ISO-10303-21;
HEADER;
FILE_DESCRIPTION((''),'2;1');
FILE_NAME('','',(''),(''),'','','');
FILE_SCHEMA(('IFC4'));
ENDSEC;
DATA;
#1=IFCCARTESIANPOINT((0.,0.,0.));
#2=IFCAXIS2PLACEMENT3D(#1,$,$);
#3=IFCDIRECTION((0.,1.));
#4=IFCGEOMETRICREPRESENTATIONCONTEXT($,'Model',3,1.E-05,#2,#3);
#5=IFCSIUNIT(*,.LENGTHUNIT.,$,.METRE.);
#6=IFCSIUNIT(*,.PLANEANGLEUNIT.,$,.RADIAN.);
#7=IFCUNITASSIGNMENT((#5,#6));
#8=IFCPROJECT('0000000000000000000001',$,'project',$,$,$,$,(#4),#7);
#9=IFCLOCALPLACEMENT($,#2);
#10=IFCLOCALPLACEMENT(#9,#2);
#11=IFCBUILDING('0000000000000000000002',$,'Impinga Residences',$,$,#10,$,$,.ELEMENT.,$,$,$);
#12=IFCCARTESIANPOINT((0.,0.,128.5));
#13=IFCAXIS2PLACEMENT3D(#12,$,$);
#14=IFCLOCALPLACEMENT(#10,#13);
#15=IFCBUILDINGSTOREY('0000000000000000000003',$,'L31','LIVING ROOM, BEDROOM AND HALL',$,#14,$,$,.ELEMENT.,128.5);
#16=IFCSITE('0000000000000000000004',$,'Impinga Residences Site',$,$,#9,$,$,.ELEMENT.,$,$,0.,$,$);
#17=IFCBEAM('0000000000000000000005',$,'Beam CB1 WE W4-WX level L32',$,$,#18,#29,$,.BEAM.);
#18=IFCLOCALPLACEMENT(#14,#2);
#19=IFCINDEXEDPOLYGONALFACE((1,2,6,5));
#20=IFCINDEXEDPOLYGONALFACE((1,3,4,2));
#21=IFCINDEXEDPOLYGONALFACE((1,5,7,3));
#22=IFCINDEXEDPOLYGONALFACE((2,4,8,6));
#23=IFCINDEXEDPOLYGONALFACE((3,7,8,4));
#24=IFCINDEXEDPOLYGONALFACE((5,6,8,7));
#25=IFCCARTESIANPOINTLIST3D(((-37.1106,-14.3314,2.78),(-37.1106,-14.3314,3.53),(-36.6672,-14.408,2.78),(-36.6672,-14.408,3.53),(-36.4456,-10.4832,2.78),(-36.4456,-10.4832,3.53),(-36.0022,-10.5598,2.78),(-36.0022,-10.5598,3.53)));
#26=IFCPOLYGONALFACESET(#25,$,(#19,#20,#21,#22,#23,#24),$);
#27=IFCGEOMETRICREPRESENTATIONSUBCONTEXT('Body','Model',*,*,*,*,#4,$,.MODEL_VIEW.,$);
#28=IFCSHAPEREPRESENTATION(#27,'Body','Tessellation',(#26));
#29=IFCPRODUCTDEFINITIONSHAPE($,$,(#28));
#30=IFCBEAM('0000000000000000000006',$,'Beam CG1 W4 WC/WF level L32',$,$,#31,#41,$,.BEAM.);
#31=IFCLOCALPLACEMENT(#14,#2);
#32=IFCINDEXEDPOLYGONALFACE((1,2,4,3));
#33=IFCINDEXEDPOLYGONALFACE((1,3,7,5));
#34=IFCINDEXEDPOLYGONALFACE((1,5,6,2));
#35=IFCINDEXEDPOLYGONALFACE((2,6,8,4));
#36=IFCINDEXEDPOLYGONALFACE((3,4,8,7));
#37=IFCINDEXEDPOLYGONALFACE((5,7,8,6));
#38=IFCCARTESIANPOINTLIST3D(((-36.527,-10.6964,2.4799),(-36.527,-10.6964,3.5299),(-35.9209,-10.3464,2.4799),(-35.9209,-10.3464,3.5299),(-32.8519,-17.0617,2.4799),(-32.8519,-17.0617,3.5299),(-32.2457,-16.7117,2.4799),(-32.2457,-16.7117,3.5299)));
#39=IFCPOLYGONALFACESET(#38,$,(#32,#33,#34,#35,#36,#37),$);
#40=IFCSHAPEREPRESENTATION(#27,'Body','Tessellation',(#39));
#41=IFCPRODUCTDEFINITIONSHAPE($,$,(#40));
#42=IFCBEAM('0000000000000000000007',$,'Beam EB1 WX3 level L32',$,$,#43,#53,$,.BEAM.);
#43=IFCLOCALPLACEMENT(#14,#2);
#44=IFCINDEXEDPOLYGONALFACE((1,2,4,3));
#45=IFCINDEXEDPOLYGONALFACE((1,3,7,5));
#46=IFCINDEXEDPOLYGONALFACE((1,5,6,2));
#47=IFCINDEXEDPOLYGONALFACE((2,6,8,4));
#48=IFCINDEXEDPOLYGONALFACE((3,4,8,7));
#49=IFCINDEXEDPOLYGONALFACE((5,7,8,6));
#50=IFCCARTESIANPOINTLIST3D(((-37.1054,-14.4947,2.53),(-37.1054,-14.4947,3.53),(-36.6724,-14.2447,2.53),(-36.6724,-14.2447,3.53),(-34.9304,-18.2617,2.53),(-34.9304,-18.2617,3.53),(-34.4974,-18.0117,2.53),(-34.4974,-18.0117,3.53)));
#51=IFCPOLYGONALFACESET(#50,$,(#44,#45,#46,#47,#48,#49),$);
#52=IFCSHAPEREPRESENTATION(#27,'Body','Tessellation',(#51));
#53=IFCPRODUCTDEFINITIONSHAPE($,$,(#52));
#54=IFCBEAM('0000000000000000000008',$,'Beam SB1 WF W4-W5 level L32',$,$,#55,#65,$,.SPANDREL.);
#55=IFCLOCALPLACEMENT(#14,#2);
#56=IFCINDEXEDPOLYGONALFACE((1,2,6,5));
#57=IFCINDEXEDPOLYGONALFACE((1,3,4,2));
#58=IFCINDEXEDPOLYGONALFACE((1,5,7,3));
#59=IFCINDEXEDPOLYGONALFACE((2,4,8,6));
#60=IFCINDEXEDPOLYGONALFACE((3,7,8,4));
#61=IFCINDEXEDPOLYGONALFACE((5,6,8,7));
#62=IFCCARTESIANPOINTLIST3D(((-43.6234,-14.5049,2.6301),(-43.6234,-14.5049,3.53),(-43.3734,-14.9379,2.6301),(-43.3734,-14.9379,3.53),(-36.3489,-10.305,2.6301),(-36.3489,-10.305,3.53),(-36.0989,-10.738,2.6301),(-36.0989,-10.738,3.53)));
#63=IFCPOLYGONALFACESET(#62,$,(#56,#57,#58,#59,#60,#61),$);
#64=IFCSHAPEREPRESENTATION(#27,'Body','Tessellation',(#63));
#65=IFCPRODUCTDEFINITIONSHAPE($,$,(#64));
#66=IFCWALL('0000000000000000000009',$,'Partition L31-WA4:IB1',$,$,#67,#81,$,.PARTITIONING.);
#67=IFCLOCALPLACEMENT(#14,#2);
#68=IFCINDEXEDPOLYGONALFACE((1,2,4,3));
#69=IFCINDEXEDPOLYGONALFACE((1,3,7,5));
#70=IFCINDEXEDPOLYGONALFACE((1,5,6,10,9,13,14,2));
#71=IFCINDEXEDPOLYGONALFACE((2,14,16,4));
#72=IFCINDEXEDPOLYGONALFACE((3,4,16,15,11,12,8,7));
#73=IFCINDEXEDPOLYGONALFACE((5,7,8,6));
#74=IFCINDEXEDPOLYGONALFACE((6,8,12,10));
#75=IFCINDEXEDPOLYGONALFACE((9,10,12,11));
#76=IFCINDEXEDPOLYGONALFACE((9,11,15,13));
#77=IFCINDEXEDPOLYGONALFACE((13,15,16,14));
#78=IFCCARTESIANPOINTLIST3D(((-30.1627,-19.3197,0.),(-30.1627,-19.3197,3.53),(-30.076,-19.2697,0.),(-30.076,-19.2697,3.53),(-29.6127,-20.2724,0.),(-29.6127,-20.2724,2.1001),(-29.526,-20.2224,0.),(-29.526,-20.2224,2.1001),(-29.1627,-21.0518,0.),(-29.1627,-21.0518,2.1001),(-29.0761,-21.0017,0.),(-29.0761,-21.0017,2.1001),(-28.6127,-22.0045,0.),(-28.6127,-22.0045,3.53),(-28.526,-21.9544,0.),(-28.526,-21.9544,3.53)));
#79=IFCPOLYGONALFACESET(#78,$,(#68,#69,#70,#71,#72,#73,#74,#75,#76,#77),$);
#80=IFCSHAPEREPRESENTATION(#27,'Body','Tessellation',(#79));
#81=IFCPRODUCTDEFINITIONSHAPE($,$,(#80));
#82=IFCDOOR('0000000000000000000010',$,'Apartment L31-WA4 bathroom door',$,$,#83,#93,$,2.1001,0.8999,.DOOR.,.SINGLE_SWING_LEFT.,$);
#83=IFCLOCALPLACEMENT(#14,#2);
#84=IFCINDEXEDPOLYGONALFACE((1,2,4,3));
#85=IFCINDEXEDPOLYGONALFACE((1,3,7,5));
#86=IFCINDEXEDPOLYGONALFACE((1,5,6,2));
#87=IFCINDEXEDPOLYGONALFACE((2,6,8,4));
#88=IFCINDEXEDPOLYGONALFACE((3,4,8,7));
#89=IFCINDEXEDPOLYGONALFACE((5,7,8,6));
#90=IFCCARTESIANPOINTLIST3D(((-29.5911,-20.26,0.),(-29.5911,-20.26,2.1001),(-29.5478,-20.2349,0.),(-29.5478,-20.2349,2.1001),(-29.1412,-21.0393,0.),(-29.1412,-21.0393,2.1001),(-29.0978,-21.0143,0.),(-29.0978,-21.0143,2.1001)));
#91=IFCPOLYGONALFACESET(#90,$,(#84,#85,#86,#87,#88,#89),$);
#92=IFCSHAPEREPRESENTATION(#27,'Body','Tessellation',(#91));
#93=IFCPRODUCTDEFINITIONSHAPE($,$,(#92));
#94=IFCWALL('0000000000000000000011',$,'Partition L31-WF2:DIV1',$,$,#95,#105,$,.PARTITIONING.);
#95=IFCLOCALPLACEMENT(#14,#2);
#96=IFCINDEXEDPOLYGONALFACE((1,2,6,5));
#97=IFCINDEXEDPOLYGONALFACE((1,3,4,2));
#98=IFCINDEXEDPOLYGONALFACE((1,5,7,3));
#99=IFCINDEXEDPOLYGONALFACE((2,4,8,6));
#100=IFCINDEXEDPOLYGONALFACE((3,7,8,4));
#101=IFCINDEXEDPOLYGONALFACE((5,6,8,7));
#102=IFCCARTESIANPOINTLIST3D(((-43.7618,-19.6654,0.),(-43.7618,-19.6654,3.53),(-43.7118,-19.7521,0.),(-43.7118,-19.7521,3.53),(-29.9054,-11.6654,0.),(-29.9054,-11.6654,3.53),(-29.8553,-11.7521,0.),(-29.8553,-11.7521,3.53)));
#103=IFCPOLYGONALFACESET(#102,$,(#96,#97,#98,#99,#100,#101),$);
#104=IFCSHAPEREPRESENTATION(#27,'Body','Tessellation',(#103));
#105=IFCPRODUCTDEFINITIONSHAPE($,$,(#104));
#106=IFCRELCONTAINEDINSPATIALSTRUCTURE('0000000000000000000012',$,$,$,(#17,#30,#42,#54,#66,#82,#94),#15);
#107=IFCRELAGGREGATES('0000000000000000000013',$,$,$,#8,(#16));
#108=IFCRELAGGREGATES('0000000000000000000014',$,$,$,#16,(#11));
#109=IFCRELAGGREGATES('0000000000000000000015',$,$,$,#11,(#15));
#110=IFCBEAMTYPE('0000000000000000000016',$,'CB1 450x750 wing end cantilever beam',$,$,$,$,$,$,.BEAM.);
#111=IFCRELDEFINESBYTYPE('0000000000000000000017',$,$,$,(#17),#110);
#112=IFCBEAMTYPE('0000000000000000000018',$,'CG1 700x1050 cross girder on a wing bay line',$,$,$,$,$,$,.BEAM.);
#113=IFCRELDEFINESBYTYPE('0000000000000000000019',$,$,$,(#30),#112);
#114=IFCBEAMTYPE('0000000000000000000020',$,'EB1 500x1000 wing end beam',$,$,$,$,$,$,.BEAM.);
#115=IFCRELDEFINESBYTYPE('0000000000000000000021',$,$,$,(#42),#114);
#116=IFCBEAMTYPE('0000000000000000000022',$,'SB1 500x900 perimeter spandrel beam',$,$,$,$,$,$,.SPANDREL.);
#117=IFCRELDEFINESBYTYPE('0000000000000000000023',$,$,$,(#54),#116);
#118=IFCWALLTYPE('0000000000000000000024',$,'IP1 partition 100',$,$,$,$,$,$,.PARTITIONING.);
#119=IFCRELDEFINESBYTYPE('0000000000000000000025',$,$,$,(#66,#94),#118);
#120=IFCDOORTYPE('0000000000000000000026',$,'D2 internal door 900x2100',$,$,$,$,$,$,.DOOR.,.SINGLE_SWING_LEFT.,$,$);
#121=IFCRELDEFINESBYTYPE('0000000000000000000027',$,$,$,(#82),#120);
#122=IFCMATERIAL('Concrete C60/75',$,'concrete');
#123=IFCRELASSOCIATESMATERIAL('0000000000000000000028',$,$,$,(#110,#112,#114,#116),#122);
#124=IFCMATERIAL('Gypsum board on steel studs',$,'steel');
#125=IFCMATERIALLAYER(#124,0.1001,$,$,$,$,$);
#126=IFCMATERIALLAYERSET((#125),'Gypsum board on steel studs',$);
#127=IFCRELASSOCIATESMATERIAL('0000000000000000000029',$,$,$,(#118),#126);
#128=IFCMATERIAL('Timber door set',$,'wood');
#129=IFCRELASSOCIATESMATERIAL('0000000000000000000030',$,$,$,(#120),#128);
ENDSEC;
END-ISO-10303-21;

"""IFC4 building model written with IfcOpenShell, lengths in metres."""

from ifc_helpers import new_model, si_unit, direction, frame, frame_2d, origin, origin_2d, place, context, subcontext, project, spatial, rectangle, extrude, material, layer, layer_set, material_profile, profile_set, type_object, element, fill, save


model = new_model("IFC4")

# Units and contexts
model_context = context("Model", 3, precision=1e-05, world=origin(), true_north=direction((0.0, 1.0)))
body_context = subcontext(model_context, "Body", "Model", "MODEL_VIEW")
ifc_project = project(units=[si_unit("LENGTHUNIT", "METRE"), si_unit("PLANEANGLEUNIT", "RADIAN")], contexts=[model_context])

# Site, building, storey
site_placement = place(None, origin())
site = spatial("IfcSite", under=ifc_project, at=site_placement, Name="Impinga Residences Site", CompositionType="ELEMENT", RefElevation=0.0)
building_placement = place(site_placement, origin())
building = spatial("IfcBuilding", under=site, at=building_placement, Name="Impinga Residences", CompositionType="ELEMENT")
storey_placement = place(building_placement, frame((0.0, 0.0, 128.5)))
storey = spatial("IfcBuildingStorey", under=building, at=storey_placement, Name="L31", Description="LIVING ROOM, BEDROOM AND HALL", CompositionType="ELEMENT", Elevation=128.5)

# Beams
ifc_material_1 = material(Name="Concrete C60/75", Category="concrete")
ifc_material_profile_1 = material_profile(ifc_material_1, rectangle(XDim=0.45, YDim=0.75, at=origin_2d()), Name="RC 450x750")
ifc_profile_set_1 = profile_set([ifc_material_profile_1], Name="Concrete C60/75")
beam_type_1 = type_object("IfcBeamType", Name="CB1 450x750 wing end cantilever beam", PredefinedType="BEAM", material=ifc_profile_set_1)
beam_1_placement = place(storey_placement, frame((-36.2239, -10.5215, 3.155), z_axis=(-0.170296, -0.985393, 0.0), x_axis=(0.985393, -0.170296, 0.0)))
element("IfcBeam", 1, at=beam_1_placement, inside=storey, type_object=beam_type_1, Name="Beam CB1 WE W4-WX level L32", PredefinedType="BEAM", context=body_context, shape_type="SweptSolid", body=[
    extrude(rectangle(XDim=0.45, YDim=0.75, at=origin_2d()), origin(), (0.0, 0.0, 1.0), 3.9053),
])
ifc_material_profile_2 = material_profile(ifc_material_1, rectangle(XDim=0.7, YDim=1.05, at=origin_2d()), Name="RC 700x1050")
ifc_profile_set_2 = profile_set([ifc_material_profile_2], Name="Concrete C60/75")
beam_type_2 = type_object("IfcBeamType", Name="CG1 700x1050 cross girder on a wing bay line", PredefinedType="BEAM", material=ifc_profile_set_2)
beam_2_placement = place(storey_placement, frame((-32.5488, -16.8867, 3.0049), z_axis=(-0.500008, 0.866021, 0.0), x_axis=(-0.866021, -0.500008, 0.0)))
element("IfcBeam", 2, at=beam_2_placement, inside=storey, type_object=beam_type_2, Name="Beam CG1 W4 WC/WF level L32", PredefinedType="BEAM", context=body_context, shape_type="SweptSolid", body=[
    extrude(rectangle(XDim=0.7, YDim=1.05, at=origin_2d()), origin(), (0.0, 0.0, 1.0), 7.3501),
])
ifc_material_profile_3 = material_profile(ifc_material_1, rectangle(XDim=0.5, YDim=1.0, at=origin_2d()), Name="RC 500x1000")
ifc_profile_set_3 = profile_set([ifc_material_profile_3], Name="Concrete C60/75")
beam_type_3 = type_object("IfcBeamType", Name="EB1 500x1000 wing end beam", PredefinedType="BEAM", material=ifc_profile_set_3)
beam_3_placement = place(storey_placement, frame((-34.7139, -18.1367, 3.03), z_axis=(-0.50002, 0.866014, 0.0), x_axis=(-0.866014, -0.50002, 0.0)))
element("IfcBeam", 3, at=beam_3_placement, inside=storey, type_object=beam_type_3, Name="Beam EB1 WX3 level L32", PredefinedType="BEAM", context=body_context, shape_type="SweptSolid", body=[
    extrude(rectangle(XDim=0.5, YDim=1.0, at=origin_2d()), origin(), (0.0, 0.0, 1.0), 4.3499),
])
ifc_material_profile_4 = material_profile(ifc_material_1, rectangle(XDim=0.5, YDim=0.8999, at=origin_2d()), Name="RC 500x900")
ifc_profile_set_4 = profile_set([ifc_material_profile_4], Name="Concrete C60/75")
beam_type_4 = type_object("IfcBeamType", Name="SB1 500x900 perimeter spandrel beam", PredefinedType="SPANDREL", material=ifc_profile_set_4)
beam_4_placement = place(storey_placement, frame((-36.2239, -10.5215, 3.0801), z_axis=(-0.866029, -0.499993, 0.0), x_axis=(0.499993, -0.866029, 0.0)))
element("IfcBeam", 4, at=beam_4_placement, inside=storey, type_object=beam_type_4, Name="Beam SB1 WF W4-W5 level L32", PredefinedType="SPANDREL", context=body_context, shape_type="SweptSolid", body=[
    extrude(rectangle(XDim=0.5, YDim=0.8999, at=origin_2d()), origin(), (0.0, 0.0, 1.0), 8.3999),
])

# Wall, opening, door
ifc_material_2 = material(Name="Gypsum board on steel studs", Category="steel")
ifc_layer_1 = layer(ifc_material_2, 0.1001)
ifc_layer_set_1 = layer_set([ifc_layer_1], Name="Gypsum board on steel studs")
wall_type_1 = type_object("IfcWallType", Name="IP1 partition 100", PredefinedType="PARTITIONING", material=ifc_layer_set_1)
wall_1_placement = place(storey_placement, frame((-30.1194, -19.2947, 0.0), z_axis=(0.0, 0.0, 1.0), x_axis=(0.499993, -0.86603, 0.0)))
wall_1 = element("IfcWall", 5, at=wall_1_placement, inside=storey, type_object=wall_type_1, Name="Partition L31-WA4:IB1", PredefinedType="PARTITIONING", context=body_context, shape_type="SweptSolid", body=[
    extrude(rectangle(XDim=3.1001, YDim=0.1001, at=frame_2d((1.55, 0.0))), origin(), (0.0, 0.0, 1.0), 3.53),
])
opening_1_placement = place(wall_1_placement, frame((1.1001, 0.0, 0.0)))
opening_1 = element("IfcOpeningElement", 6, at=opening_1_placement, cuts=wall_1, PredefinedType="OPENING", context=body_context, shape_type="SweptSolid", body=[
    extrude(rectangle(XDim=0.8999, YDim=2.1001, at=frame_2d((0.45, 1.05))), frame((0.0, 0.0601, 0.0), z_axis=(0.0, -1.0, 0.0), x_axis=(1.0, 0.0, 0.0)), (0.0, 0.0, 1.0), 0.1201),
])
ifc_material_3 = material(Name="Timber door set", Category="wood")
door_type = type_object("IfcDoorType", Name="D2 internal door 900x2100", OperationType="SINGLE_SWING_LEFT", PredefinedType="DOOR", material=ifc_material_3)
door_1_placement = place(opening_1_placement, origin())
door_1 = element("IfcDoor", 7, at=door_1_placement, inside=storey, type_object=door_type, Name="Apartment L31-WA4 bathroom door", OperationType="SINGLE_SWING_LEFT", OverallHeight=2.1001, OverallWidth=0.8999, PredefinedType="DOOR", context=body_context, shape_type="SweptSolid", body=[
    extrude(rectangle(XDim=0.8999, YDim=2.1001, at=frame_2d((0.45, 1.05))), frame((0.0, 0.0249, 0.0), z_axis=(0.0, -1.0, 0.0), x_axis=(1.0, 0.0, 0.0)), (0.0, 0.0, 1.0), 0.05),
])
fill(opening_1, door_1)

# Wall
wall_2_placement = place(storey_placement, frame((-29.8804, -11.7087, 0.0), z_axis=(0.0, 0.0, 1.0), x_axis=(-0.866026, -0.499999, 0.0)))
element("IfcWall", 8, at=wall_2_placement, inside=storey, type_object=wall_type_1, Name="Partition L31-WF2:DIV1", PredefinedType="PARTITIONING", context=body_context, shape_type="SweptSolid", body=[
    extrude(rectangle(XDim=16.0, YDim=0.1001, at=frame_2d((8.0, 0.0))), origin(), (0.0, 0.0, 1.0), 3.53),
])

save(model, "model.ifc")
